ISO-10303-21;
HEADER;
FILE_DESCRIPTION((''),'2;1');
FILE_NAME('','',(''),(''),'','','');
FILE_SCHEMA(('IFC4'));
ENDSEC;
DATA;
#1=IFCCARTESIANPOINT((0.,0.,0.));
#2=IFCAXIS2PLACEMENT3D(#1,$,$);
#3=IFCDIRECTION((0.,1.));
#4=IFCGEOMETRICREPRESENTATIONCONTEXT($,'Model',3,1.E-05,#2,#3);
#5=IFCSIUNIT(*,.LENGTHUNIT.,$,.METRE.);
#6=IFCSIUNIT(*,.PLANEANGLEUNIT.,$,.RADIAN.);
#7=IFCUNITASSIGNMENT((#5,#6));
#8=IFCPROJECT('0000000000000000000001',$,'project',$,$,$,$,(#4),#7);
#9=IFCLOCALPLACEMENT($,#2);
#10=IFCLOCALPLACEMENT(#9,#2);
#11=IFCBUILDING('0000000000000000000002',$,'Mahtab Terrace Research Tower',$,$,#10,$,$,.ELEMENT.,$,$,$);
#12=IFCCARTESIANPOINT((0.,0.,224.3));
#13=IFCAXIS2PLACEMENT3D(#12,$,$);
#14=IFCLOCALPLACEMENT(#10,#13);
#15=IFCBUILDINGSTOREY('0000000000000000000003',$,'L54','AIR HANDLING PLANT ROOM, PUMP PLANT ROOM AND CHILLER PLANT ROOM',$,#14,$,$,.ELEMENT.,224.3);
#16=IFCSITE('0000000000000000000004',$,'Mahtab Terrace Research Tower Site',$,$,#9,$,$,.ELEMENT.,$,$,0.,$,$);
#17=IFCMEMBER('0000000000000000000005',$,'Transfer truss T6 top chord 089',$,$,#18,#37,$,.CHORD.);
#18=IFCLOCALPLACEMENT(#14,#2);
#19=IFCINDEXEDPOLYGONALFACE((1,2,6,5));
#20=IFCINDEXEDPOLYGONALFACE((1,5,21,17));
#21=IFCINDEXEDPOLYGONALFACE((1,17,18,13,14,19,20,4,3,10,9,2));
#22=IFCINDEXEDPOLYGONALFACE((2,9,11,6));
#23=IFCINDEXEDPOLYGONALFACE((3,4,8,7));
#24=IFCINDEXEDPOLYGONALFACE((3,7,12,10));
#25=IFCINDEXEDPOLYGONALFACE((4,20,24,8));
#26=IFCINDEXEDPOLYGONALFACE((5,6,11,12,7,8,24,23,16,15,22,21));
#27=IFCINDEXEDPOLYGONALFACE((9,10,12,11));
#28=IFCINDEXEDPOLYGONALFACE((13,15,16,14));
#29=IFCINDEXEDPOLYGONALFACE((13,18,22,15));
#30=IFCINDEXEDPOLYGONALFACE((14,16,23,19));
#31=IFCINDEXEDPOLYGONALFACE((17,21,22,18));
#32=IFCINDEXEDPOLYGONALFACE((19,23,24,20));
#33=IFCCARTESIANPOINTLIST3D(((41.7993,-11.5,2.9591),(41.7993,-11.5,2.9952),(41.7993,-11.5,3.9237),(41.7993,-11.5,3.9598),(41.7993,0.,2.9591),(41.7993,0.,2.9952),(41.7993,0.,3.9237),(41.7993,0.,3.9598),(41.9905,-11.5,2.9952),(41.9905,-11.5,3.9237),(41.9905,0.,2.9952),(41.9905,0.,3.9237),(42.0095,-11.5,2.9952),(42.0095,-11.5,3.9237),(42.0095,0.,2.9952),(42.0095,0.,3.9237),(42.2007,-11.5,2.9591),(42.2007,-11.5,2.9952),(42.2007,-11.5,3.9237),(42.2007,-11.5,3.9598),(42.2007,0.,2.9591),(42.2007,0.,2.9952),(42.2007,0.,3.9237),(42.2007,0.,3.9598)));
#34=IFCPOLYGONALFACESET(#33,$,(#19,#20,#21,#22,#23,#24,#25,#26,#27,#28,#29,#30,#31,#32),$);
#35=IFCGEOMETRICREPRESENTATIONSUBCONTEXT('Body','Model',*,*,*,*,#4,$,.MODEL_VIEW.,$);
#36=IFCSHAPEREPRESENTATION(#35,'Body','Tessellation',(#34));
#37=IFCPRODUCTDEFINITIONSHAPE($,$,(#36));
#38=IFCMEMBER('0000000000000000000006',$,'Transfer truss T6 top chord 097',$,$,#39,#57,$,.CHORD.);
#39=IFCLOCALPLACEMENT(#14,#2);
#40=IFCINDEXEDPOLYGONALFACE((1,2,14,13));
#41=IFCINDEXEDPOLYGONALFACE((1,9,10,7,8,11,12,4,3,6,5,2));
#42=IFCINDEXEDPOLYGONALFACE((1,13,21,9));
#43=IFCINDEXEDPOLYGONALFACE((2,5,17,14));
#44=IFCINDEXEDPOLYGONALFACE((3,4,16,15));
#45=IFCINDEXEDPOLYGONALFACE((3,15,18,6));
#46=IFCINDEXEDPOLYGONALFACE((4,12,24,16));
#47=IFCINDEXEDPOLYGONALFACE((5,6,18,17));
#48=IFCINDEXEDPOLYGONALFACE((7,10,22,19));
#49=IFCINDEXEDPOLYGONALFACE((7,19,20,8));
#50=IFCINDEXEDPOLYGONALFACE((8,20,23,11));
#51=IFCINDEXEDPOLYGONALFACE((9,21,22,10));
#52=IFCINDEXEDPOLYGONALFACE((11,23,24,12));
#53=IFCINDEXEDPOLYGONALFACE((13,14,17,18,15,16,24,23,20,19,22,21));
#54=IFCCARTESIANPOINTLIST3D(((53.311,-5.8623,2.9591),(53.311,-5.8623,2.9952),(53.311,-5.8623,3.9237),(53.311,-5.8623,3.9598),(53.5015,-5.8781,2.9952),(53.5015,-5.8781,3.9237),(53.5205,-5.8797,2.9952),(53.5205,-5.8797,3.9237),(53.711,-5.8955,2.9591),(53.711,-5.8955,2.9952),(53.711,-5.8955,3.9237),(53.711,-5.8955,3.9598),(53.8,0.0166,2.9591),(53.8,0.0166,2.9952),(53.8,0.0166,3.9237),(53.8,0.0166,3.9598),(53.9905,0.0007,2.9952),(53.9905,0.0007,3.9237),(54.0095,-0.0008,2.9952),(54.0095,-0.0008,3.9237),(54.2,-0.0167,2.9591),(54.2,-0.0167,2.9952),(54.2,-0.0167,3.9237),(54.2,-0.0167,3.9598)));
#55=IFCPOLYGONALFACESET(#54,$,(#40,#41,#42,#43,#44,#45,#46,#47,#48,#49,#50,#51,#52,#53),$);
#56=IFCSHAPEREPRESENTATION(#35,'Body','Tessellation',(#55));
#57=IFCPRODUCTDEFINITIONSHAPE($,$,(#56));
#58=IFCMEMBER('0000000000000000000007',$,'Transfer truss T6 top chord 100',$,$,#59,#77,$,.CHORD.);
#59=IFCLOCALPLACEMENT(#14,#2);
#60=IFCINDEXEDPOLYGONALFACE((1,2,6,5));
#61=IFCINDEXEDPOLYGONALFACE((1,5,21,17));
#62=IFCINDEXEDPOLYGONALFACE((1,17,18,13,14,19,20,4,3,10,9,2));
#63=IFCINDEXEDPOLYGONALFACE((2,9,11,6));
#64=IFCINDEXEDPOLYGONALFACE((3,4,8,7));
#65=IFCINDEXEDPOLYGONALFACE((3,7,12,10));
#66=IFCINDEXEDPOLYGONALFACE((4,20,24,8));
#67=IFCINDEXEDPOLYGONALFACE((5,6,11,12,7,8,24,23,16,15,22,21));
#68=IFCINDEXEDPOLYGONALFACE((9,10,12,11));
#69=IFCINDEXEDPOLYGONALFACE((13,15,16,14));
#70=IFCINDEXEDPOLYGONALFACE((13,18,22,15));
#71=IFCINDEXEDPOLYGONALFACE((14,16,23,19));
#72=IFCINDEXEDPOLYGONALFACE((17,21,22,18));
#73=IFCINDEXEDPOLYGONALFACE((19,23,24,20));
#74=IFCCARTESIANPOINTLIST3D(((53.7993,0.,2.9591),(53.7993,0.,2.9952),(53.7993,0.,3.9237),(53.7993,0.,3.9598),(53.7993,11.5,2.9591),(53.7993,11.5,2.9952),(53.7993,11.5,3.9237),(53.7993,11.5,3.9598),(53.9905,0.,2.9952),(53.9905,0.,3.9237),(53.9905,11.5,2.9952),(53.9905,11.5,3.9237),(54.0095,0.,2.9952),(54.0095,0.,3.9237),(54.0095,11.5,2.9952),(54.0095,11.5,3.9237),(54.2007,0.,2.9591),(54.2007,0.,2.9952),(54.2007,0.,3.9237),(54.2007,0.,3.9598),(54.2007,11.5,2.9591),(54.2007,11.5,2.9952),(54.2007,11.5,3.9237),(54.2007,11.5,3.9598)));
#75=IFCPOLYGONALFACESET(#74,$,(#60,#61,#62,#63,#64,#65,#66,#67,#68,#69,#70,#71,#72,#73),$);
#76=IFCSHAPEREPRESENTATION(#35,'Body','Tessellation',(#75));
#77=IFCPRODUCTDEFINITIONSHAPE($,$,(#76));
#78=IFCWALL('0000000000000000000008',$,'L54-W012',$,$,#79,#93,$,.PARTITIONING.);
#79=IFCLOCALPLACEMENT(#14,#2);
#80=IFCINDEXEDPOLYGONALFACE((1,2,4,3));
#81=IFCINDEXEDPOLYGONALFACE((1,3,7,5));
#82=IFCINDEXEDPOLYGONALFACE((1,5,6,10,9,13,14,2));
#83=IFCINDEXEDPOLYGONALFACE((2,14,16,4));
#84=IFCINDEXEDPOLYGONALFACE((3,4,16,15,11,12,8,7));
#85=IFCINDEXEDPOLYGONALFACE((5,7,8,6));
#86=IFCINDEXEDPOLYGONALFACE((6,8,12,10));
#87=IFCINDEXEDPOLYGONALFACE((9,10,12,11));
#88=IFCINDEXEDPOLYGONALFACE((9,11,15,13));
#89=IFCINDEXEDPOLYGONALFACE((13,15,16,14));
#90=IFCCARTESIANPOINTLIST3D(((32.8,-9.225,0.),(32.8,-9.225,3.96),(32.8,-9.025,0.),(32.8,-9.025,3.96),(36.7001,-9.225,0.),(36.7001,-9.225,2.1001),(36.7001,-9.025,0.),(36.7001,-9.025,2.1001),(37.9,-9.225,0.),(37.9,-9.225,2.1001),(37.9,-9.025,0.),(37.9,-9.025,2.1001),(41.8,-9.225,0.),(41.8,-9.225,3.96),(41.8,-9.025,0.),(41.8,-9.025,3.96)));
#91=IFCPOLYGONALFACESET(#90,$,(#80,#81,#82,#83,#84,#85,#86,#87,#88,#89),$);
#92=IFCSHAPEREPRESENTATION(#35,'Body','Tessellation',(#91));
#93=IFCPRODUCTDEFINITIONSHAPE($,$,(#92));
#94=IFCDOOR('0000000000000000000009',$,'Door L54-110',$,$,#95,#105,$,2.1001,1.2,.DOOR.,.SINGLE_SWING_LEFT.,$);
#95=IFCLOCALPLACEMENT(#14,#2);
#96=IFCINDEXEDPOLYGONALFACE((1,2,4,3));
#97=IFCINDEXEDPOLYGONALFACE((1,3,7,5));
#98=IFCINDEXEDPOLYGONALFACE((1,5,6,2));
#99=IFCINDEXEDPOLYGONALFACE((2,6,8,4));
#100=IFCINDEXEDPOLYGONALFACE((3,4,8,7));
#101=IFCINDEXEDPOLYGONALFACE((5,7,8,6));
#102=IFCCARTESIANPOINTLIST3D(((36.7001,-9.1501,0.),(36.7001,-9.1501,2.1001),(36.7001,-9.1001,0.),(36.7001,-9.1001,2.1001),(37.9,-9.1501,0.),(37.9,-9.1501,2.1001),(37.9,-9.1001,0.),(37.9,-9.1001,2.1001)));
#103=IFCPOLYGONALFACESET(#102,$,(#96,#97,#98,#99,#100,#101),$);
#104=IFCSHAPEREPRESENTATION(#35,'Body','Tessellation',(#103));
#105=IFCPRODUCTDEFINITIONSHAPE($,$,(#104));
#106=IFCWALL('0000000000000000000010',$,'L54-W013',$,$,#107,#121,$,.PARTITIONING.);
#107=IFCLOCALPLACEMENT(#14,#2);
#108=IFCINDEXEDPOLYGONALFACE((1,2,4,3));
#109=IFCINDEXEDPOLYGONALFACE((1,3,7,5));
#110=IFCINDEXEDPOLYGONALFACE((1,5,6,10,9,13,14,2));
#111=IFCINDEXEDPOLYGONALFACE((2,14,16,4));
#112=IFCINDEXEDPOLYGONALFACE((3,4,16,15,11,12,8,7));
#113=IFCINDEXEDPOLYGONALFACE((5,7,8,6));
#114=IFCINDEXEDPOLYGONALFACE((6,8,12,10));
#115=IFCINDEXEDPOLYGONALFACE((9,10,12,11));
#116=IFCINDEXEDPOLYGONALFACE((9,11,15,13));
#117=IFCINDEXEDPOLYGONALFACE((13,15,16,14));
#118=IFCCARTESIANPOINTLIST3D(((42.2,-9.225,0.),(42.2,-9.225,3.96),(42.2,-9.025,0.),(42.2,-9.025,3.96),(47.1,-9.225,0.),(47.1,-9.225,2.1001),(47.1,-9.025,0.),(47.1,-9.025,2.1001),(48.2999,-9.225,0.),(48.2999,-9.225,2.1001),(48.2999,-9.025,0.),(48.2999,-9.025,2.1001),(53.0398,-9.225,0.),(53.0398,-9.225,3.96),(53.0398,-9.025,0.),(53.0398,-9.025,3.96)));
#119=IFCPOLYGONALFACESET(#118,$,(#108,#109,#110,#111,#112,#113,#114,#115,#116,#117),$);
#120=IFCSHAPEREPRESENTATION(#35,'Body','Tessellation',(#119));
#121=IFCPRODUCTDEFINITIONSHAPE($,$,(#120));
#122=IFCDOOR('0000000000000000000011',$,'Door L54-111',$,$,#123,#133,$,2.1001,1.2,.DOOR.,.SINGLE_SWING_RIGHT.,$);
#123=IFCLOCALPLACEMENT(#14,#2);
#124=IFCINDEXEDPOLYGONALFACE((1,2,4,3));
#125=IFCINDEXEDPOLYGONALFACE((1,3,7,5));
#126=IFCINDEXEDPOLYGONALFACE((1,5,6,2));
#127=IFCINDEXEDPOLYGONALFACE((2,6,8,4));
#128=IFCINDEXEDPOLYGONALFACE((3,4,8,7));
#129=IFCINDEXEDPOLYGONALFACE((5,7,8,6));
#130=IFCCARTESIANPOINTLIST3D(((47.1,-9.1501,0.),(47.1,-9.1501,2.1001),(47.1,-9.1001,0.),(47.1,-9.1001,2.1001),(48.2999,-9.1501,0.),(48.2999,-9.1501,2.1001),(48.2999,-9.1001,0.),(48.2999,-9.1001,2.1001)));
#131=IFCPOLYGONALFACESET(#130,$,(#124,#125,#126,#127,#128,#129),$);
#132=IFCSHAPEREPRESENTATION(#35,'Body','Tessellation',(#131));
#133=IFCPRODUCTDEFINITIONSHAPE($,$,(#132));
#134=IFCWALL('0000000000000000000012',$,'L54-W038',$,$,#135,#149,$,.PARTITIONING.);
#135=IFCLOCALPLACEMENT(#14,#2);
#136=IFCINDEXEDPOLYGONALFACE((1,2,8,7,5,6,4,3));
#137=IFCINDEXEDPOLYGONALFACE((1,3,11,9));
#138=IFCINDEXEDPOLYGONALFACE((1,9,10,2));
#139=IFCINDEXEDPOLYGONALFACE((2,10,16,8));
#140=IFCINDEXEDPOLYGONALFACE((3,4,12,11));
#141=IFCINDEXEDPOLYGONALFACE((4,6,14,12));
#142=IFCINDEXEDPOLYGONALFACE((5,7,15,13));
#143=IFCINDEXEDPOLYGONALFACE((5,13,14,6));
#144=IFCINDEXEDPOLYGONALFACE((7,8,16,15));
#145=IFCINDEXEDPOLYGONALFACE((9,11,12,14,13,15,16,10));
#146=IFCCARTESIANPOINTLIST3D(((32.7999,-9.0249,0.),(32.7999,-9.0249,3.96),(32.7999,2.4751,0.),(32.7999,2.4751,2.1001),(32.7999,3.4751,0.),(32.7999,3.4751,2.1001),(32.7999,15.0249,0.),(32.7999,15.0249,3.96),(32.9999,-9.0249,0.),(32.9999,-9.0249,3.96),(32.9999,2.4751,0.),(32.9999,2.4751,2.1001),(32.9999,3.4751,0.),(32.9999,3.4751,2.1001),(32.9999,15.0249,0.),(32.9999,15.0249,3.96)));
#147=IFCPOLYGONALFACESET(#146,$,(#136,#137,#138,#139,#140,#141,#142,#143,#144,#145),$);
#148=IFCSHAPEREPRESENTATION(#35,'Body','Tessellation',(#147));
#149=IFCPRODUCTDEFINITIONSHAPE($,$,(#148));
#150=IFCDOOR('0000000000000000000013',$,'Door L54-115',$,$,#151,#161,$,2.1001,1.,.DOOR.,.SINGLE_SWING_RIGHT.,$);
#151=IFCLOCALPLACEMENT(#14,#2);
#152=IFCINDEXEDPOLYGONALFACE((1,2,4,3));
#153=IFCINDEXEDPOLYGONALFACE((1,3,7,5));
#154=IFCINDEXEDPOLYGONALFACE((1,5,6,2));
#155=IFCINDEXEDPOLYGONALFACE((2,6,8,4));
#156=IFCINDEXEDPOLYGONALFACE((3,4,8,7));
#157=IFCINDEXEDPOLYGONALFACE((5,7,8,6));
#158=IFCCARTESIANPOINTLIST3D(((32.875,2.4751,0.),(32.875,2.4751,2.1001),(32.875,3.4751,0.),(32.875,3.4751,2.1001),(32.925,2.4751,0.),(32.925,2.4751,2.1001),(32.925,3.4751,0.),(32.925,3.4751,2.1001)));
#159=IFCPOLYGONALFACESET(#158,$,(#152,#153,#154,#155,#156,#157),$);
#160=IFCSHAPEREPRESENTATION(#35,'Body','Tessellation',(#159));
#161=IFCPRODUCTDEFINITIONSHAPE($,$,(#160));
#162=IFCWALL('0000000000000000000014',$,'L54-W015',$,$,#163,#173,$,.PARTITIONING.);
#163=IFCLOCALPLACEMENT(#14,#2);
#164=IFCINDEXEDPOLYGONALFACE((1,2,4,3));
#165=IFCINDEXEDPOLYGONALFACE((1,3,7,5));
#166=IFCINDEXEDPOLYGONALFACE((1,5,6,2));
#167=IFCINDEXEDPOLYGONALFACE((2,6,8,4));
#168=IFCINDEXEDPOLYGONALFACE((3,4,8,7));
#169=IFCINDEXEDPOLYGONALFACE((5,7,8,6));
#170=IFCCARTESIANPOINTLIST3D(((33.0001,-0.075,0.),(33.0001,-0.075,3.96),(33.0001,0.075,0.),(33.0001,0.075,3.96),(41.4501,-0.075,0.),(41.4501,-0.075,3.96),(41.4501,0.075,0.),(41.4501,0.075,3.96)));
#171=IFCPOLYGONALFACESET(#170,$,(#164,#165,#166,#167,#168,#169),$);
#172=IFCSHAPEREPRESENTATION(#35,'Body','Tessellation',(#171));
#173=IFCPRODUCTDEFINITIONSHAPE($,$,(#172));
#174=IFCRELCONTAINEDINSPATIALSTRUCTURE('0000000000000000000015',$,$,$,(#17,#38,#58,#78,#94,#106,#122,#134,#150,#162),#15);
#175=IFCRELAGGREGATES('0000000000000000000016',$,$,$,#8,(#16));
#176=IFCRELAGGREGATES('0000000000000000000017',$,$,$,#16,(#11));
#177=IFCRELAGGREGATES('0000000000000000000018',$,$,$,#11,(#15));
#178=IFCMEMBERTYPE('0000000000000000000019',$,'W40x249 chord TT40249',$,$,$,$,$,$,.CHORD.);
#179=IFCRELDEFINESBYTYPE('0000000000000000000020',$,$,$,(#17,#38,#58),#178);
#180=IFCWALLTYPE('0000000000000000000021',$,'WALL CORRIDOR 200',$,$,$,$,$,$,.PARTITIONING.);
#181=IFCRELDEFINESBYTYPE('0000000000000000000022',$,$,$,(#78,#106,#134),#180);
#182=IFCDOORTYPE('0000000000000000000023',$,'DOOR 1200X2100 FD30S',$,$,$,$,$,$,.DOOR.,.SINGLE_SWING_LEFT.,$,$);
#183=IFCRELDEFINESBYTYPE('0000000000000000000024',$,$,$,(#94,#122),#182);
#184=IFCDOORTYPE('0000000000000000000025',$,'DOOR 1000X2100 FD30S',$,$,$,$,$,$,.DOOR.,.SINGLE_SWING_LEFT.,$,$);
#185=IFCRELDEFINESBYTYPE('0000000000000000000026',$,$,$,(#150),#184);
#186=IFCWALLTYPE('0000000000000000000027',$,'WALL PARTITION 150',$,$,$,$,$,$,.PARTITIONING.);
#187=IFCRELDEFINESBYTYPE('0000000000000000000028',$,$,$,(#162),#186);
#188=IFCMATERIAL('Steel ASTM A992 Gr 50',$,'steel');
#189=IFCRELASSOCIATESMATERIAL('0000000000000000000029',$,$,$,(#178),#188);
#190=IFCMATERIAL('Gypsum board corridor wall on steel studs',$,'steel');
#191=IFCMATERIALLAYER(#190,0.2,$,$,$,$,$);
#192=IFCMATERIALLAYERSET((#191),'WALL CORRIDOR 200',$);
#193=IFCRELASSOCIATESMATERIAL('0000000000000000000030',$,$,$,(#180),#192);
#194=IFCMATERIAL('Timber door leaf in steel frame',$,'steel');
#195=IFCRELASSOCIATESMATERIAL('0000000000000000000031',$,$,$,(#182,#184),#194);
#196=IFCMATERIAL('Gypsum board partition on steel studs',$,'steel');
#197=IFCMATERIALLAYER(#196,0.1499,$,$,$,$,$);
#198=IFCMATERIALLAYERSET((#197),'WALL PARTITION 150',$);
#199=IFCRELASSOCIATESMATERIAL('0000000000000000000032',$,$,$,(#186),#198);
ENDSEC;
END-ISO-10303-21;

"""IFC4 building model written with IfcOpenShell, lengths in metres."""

from ifc_helpers import new_model, si_unit, direction, frame, frame_2d, origin, origin_2d, place, context, subcontext, project, spatial, rectangle, i_section, extrude, material, layer, layer_set, material_profile, profile_set, type_object, element, fill, save


model = new_model("IFC4")

# Units and contexts
model_context = context("Model", 3, precision=1e-05, world=origin(), true_north=direction((0.0, 1.0)))
body_context = subcontext(model_context, "Body", "Model", "MODEL_VIEW")
ifc_project = project(units=[si_unit("LENGTHUNIT", "METRE"), si_unit("PLANEANGLEUNIT", "RADIAN")], contexts=[model_context])

# Site, building, storey
site_placement = place(None, origin())
site = spatial("IfcSite", under=ifc_project, at=site_placement, Name="Mahtab Terrace Research Tower Site", CompositionType="ELEMENT", RefElevation=0.0)
building_placement = place(site_placement, origin())
building = spatial("IfcBuilding", under=site, at=building_placement, Name="Mahtab Terrace Research Tower", CompositionType="ELEMENT")
storey_placement = place(building_placement, frame((0.0, 0.0, 224.3)))
storey = spatial("IfcBuildingStorey", under=building, at=storey_placement, Name="L54", Description="AIR HANDLING PLANT ROOM, PUMP PLANT ROOM AND CHILLER PLANT ROOM", CompositionType="ELEMENT", Elevation=224.3)

# Shared definitions
ifc_material_1 = material(Name="Steel ASTM A992 Gr 50", Category="steel")

# Members
ifc_material_profile_1 = material_profile(ifc_material_1, i_section(OverallWidth=0.4014, OverallDepth=1.0007, WebThickness=0.019, FlangeThickness=0.0361, at=origin_2d()), Name="W40X249")
ifc_profile_set_1 = profile_set([ifc_material_profile_1], Name="Steel ASTM A992 Gr 50")
member_type_1 = type_object("IfcMemberType", Name="W40x249 chord TT40249", PredefinedType="CHORD", material=ifc_profile_set_1)
member_1_placement = place(storey_placement, frame((42.0, -11.5, 3.4595), z_axis=(0.0, 1.0, 0.0), x_axis=(-1.0, 0.0, 0.0)))
element("IfcMember", 1, at=member_1_placement, inside=storey, type_object=member_type_1, Name="Transfer truss T6 top chord 089", PredefinedType="CHORD", context=body_context, shape_type="SweptSolid", body=[
    extrude(i_section(OverallWidth=0.4014, OverallDepth=1.0007, WebThickness=0.019, FlangeThickness=0.0361, at=origin_2d()), origin(), (0.0, 0.0, 1.0), 11.5),
])
member_2_placement = place(storey_placement, frame((53.511, -5.8789, 3.4595), z_axis=(0.082895, 0.996558, 0.0), x_axis=(-0.996558, 0.082895, 0.0)))
element("IfcMember", 2, at=member_2_placement, inside=storey, type_object=member_type_1, Name="Transfer truss T6 top chord 097", PredefinedType="CHORD", context=body_context, shape_type="SweptSolid", body=[
    extrude(i_section(OverallWidth=0.4014, OverallDepth=1.0007, WebThickness=0.019, FlangeThickness=0.0361, at=origin_2d()), origin(), (0.0, 0.0, 1.0), 5.8992),
])
member_3_placement = place(storey_placement, frame((54.0, 0.0, 3.4595), z_axis=(0.0, 1.0, 0.0), x_axis=(-1.0, 0.0, 0.0)))
element("IfcMember", 3, at=member_3_placement, inside=storey, type_object=member_type_1, Name="Transfer truss T6 top chord 100", PredefinedType="CHORD", context=body_context, shape_type="SweptSolid", body=[
    extrude(i_section(OverallWidth=0.4014, OverallDepth=1.0007, WebThickness=0.019, FlangeThickness=0.0361, at=origin_2d()), origin(), (0.0, 0.0, 1.0), 11.5),
])

# Walls, openings, doors
ifc_material_2 = material(Name="Gypsum board corridor wall on steel studs", Category="steel")
ifc_layer_1 = layer(ifc_material_2, 0.2)
ifc_layer_set_1 = layer_set([ifc_layer_1], Name="WALL CORRIDOR 200")
wall_type_1 = type_object("IfcWallType", Name="WALL CORRIDOR 200", PredefinedType="PARTITIONING", material=ifc_layer_set_1)
wall_1_placement = place(storey_placement, frame((32.8, -9.125, 0.0), z_axis=(0.0, 0.0, 1.0), x_axis=(1.0, 0.0, 0.0)))
wall_1 = element("IfcWall", 4, at=wall_1_placement, inside=storey, type_object=wall_type_1, Name="L54-W012", PredefinedType="PARTITIONING", context=body_context, shape_type="SweptSolid", body=[
    extrude(rectangle(XDim=9.0, YDim=0.2, at=frame_2d((4.5, 0.0))), origin(), (0.0, 0.0, 1.0), 3.96),
])
opening_1_placement = place(wall_1_placement, frame((3.8999, 0.0, 0.0)))
opening_1 = element("IfcOpeningElement", 5, at=opening_1_placement, cuts=wall_1, PredefinedType="OPENING", context=body_context, shape_type="SweptSolid", body=[
    extrude(rectangle(XDim=1.2, YDim=2.1001, at=frame_2d((0.6001, 1.05))), frame((0.0, 0.1099, 0.0), z_axis=(0.0, -1.0, 0.0), x_axis=(1.0, 0.0, 0.0)), (0.0, 0.0, 1.0), 0.22),
])
ifc_material_3 = material(Name="Timber door leaf in steel frame", Category="steel")
door_type_1 = type_object("IfcDoorType", Name="DOOR 1200X2100 FD30S", OperationType="SINGLE_SWING_LEFT", PredefinedType="DOOR", material=ifc_material_3)
door_1_placement = place(opening_1_placement, origin())
door_1 = element("IfcDoor", 6, at=door_1_placement, inside=storey, type_object=door_type_1, Name="Door L54-110", OperationType="SINGLE_SWING_LEFT", OverallHeight=2.1001, OverallWidth=1.2, PredefinedType="DOOR", context=body_context, shape_type="SweptSolid", body=[
    extrude(rectangle(XDim=1.2, YDim=2.1001, at=frame_2d((0.6001, 1.05))), frame((0.0, 0.0249, 0.0), z_axis=(0.0, -1.0, 0.0), x_axis=(1.0, 0.0, 0.0)), (0.0, 0.0, 1.0), 0.05),
])
fill(opening_1, door_1)
wall_2_placement = place(storey_placement, frame((42.2, -9.125, 0.0), z_axis=(0.0, 0.0, 1.0), x_axis=(1.0, 0.0, 0.0)))
wall_2 = element("IfcWall", 7, at=wall_2_placement, inside=storey, type_object=wall_type_1, Name="L54-W013", PredefinedType="PARTITIONING", context=body_context, shape_type="SweptSolid", body=[
    extrude(rectangle(XDim=10.8398, YDim=0.2, at=frame_2d((5.4199, 0.0))), origin(), (0.0, 0.0, 1.0), 3.96),
])
opening_2_placement = place(wall_2_placement, frame((4.8999, 0.0, 0.0)))
opening_2 = element("IfcOpeningElement", 8, at=opening_2_placement, cuts=wall_2, PredefinedType="OPENING", context=body_context, shape_type="SweptSolid", body=[
    extrude(rectangle(XDim=1.2, YDim=2.1001, at=frame_2d((0.6001, 1.05))), frame((0.0, 0.1099, 0.0), z_axis=(0.0, -1.0, 0.0), x_axis=(1.0, 0.0, 0.0)), (0.0, 0.0, 1.0), 0.22),
])
door_2_placement = place(opening_2_placement, origin())
door_2 = element("IfcDoor", 9, at=door_2_placement, inside=storey, type_object=door_type_1, Name="Door L54-111", OperationType="SINGLE_SWING_RIGHT", OverallHeight=2.1001, OverallWidth=1.2, PredefinedType="DOOR", context=body_context, shape_type="SweptSolid", body=[
    extrude(rectangle(XDim=1.2, YDim=2.1001, at=frame_2d((0.6001, 1.05))), frame((0.0, 0.0249, 0.0), z_axis=(0.0, -1.0, 0.0), x_axis=(1.0, 0.0, 0.0)), (0.0, 0.0, 1.0), 0.05),
])
fill(opening_2, door_2)
wall_3_placement = place(storey_placement, frame((32.8999, -9.0249, 0.0), z_axis=(0.0, 0.0, 1.0), x_axis=(0.0, 1.0, 0.0)))
wall_3 = element("IfcWall", 10, at=wall_3_placement, inside=storey, type_object=wall_type_1, Name="L54-W038", PredefinedType="PARTITIONING", context=body_context, shape_type="SweptSolid", body=[
    extrude(rectangle(XDim=24.0498, YDim=0.2, at=frame_2d((12.0249, 0.0))), origin(), (0.0, 0.0, 1.0), 3.96),
])
opening_3_placement = place(wall_3_placement, frame((11.5, 0.0, 0.0)))
opening_3 = element("IfcOpeningElement", 11, at=opening_3_placement, cuts=wall_3, PredefinedType="OPENING", context=body_context, shape_type="SweptSolid", body=[
    extrude(rectangle(XDim=1.0, YDim=2.1001, at=frame_2d((0.5, 1.05))), frame((0.0, 0.1099, 0.0), z_axis=(0.0, -1.0, 0.0), x_axis=(1.0, 0.0, 0.0)), (0.0, 0.0, 1.0), 0.22),
])
door_type_2 = type_object("IfcDoorType", Name="DOOR 1000X2100 FD30S", OperationType="SINGLE_SWING_LEFT", PredefinedType="DOOR", material=ifc_material_3)
door_3_placement = place(opening_3_placement, origin())
door_3 = element("IfcDoor", 12, at=door_3_placement, inside=storey, type_object=door_type_2, Name="Door L54-115", OperationType="SINGLE_SWING_RIGHT", OverallHeight=2.1001, OverallWidth=1.0, PredefinedType="DOOR", context=body_context, shape_type="SweptSolid", body=[
    extrude(rectangle(XDim=1.0, YDim=2.1001, at=frame_2d((0.5, 1.05))), frame((0.0, 0.0249, 0.0), z_axis=(0.0, -1.0, 0.0), x_axis=(1.0, 0.0, 0.0)), (0.0, 0.0, 1.0), 0.05),
])
fill(opening_3, door_3)

# Wall
ifc_material_4 = material(Name="Gypsum board partition on steel studs", Category="steel")
ifc_layer_2 = layer(ifc_material_4, 0.1499)
ifc_layer_set_2 = layer_set([ifc_layer_2], Name="WALL PARTITION 150")
wall_type_2 = type_object("IfcWallType", Name="WALL PARTITION 150", PredefinedType="PARTITIONING", material=ifc_layer_set_2)
wall_4_placement = place(storey_placement, frame((33.0, 0.0, 0.0), z_axis=(0.0, 0.0, 1.0), x_axis=(1.0, 0.0, 0.0)))
element("IfcWall", 13, at=wall_4_placement, inside=storey, type_object=wall_type_2, Name="L54-W015", PredefinedType="PARTITIONING", context=body_context, shape_type="SweptSolid", body=[
    extrude(rectangle(XDim=8.45, YDim=0.1499, at=frame_2d((4.2251, 0.0))), origin(), (0.0, 0.0, 1.0), 3.96),
])

save(model, "model.ifc")
